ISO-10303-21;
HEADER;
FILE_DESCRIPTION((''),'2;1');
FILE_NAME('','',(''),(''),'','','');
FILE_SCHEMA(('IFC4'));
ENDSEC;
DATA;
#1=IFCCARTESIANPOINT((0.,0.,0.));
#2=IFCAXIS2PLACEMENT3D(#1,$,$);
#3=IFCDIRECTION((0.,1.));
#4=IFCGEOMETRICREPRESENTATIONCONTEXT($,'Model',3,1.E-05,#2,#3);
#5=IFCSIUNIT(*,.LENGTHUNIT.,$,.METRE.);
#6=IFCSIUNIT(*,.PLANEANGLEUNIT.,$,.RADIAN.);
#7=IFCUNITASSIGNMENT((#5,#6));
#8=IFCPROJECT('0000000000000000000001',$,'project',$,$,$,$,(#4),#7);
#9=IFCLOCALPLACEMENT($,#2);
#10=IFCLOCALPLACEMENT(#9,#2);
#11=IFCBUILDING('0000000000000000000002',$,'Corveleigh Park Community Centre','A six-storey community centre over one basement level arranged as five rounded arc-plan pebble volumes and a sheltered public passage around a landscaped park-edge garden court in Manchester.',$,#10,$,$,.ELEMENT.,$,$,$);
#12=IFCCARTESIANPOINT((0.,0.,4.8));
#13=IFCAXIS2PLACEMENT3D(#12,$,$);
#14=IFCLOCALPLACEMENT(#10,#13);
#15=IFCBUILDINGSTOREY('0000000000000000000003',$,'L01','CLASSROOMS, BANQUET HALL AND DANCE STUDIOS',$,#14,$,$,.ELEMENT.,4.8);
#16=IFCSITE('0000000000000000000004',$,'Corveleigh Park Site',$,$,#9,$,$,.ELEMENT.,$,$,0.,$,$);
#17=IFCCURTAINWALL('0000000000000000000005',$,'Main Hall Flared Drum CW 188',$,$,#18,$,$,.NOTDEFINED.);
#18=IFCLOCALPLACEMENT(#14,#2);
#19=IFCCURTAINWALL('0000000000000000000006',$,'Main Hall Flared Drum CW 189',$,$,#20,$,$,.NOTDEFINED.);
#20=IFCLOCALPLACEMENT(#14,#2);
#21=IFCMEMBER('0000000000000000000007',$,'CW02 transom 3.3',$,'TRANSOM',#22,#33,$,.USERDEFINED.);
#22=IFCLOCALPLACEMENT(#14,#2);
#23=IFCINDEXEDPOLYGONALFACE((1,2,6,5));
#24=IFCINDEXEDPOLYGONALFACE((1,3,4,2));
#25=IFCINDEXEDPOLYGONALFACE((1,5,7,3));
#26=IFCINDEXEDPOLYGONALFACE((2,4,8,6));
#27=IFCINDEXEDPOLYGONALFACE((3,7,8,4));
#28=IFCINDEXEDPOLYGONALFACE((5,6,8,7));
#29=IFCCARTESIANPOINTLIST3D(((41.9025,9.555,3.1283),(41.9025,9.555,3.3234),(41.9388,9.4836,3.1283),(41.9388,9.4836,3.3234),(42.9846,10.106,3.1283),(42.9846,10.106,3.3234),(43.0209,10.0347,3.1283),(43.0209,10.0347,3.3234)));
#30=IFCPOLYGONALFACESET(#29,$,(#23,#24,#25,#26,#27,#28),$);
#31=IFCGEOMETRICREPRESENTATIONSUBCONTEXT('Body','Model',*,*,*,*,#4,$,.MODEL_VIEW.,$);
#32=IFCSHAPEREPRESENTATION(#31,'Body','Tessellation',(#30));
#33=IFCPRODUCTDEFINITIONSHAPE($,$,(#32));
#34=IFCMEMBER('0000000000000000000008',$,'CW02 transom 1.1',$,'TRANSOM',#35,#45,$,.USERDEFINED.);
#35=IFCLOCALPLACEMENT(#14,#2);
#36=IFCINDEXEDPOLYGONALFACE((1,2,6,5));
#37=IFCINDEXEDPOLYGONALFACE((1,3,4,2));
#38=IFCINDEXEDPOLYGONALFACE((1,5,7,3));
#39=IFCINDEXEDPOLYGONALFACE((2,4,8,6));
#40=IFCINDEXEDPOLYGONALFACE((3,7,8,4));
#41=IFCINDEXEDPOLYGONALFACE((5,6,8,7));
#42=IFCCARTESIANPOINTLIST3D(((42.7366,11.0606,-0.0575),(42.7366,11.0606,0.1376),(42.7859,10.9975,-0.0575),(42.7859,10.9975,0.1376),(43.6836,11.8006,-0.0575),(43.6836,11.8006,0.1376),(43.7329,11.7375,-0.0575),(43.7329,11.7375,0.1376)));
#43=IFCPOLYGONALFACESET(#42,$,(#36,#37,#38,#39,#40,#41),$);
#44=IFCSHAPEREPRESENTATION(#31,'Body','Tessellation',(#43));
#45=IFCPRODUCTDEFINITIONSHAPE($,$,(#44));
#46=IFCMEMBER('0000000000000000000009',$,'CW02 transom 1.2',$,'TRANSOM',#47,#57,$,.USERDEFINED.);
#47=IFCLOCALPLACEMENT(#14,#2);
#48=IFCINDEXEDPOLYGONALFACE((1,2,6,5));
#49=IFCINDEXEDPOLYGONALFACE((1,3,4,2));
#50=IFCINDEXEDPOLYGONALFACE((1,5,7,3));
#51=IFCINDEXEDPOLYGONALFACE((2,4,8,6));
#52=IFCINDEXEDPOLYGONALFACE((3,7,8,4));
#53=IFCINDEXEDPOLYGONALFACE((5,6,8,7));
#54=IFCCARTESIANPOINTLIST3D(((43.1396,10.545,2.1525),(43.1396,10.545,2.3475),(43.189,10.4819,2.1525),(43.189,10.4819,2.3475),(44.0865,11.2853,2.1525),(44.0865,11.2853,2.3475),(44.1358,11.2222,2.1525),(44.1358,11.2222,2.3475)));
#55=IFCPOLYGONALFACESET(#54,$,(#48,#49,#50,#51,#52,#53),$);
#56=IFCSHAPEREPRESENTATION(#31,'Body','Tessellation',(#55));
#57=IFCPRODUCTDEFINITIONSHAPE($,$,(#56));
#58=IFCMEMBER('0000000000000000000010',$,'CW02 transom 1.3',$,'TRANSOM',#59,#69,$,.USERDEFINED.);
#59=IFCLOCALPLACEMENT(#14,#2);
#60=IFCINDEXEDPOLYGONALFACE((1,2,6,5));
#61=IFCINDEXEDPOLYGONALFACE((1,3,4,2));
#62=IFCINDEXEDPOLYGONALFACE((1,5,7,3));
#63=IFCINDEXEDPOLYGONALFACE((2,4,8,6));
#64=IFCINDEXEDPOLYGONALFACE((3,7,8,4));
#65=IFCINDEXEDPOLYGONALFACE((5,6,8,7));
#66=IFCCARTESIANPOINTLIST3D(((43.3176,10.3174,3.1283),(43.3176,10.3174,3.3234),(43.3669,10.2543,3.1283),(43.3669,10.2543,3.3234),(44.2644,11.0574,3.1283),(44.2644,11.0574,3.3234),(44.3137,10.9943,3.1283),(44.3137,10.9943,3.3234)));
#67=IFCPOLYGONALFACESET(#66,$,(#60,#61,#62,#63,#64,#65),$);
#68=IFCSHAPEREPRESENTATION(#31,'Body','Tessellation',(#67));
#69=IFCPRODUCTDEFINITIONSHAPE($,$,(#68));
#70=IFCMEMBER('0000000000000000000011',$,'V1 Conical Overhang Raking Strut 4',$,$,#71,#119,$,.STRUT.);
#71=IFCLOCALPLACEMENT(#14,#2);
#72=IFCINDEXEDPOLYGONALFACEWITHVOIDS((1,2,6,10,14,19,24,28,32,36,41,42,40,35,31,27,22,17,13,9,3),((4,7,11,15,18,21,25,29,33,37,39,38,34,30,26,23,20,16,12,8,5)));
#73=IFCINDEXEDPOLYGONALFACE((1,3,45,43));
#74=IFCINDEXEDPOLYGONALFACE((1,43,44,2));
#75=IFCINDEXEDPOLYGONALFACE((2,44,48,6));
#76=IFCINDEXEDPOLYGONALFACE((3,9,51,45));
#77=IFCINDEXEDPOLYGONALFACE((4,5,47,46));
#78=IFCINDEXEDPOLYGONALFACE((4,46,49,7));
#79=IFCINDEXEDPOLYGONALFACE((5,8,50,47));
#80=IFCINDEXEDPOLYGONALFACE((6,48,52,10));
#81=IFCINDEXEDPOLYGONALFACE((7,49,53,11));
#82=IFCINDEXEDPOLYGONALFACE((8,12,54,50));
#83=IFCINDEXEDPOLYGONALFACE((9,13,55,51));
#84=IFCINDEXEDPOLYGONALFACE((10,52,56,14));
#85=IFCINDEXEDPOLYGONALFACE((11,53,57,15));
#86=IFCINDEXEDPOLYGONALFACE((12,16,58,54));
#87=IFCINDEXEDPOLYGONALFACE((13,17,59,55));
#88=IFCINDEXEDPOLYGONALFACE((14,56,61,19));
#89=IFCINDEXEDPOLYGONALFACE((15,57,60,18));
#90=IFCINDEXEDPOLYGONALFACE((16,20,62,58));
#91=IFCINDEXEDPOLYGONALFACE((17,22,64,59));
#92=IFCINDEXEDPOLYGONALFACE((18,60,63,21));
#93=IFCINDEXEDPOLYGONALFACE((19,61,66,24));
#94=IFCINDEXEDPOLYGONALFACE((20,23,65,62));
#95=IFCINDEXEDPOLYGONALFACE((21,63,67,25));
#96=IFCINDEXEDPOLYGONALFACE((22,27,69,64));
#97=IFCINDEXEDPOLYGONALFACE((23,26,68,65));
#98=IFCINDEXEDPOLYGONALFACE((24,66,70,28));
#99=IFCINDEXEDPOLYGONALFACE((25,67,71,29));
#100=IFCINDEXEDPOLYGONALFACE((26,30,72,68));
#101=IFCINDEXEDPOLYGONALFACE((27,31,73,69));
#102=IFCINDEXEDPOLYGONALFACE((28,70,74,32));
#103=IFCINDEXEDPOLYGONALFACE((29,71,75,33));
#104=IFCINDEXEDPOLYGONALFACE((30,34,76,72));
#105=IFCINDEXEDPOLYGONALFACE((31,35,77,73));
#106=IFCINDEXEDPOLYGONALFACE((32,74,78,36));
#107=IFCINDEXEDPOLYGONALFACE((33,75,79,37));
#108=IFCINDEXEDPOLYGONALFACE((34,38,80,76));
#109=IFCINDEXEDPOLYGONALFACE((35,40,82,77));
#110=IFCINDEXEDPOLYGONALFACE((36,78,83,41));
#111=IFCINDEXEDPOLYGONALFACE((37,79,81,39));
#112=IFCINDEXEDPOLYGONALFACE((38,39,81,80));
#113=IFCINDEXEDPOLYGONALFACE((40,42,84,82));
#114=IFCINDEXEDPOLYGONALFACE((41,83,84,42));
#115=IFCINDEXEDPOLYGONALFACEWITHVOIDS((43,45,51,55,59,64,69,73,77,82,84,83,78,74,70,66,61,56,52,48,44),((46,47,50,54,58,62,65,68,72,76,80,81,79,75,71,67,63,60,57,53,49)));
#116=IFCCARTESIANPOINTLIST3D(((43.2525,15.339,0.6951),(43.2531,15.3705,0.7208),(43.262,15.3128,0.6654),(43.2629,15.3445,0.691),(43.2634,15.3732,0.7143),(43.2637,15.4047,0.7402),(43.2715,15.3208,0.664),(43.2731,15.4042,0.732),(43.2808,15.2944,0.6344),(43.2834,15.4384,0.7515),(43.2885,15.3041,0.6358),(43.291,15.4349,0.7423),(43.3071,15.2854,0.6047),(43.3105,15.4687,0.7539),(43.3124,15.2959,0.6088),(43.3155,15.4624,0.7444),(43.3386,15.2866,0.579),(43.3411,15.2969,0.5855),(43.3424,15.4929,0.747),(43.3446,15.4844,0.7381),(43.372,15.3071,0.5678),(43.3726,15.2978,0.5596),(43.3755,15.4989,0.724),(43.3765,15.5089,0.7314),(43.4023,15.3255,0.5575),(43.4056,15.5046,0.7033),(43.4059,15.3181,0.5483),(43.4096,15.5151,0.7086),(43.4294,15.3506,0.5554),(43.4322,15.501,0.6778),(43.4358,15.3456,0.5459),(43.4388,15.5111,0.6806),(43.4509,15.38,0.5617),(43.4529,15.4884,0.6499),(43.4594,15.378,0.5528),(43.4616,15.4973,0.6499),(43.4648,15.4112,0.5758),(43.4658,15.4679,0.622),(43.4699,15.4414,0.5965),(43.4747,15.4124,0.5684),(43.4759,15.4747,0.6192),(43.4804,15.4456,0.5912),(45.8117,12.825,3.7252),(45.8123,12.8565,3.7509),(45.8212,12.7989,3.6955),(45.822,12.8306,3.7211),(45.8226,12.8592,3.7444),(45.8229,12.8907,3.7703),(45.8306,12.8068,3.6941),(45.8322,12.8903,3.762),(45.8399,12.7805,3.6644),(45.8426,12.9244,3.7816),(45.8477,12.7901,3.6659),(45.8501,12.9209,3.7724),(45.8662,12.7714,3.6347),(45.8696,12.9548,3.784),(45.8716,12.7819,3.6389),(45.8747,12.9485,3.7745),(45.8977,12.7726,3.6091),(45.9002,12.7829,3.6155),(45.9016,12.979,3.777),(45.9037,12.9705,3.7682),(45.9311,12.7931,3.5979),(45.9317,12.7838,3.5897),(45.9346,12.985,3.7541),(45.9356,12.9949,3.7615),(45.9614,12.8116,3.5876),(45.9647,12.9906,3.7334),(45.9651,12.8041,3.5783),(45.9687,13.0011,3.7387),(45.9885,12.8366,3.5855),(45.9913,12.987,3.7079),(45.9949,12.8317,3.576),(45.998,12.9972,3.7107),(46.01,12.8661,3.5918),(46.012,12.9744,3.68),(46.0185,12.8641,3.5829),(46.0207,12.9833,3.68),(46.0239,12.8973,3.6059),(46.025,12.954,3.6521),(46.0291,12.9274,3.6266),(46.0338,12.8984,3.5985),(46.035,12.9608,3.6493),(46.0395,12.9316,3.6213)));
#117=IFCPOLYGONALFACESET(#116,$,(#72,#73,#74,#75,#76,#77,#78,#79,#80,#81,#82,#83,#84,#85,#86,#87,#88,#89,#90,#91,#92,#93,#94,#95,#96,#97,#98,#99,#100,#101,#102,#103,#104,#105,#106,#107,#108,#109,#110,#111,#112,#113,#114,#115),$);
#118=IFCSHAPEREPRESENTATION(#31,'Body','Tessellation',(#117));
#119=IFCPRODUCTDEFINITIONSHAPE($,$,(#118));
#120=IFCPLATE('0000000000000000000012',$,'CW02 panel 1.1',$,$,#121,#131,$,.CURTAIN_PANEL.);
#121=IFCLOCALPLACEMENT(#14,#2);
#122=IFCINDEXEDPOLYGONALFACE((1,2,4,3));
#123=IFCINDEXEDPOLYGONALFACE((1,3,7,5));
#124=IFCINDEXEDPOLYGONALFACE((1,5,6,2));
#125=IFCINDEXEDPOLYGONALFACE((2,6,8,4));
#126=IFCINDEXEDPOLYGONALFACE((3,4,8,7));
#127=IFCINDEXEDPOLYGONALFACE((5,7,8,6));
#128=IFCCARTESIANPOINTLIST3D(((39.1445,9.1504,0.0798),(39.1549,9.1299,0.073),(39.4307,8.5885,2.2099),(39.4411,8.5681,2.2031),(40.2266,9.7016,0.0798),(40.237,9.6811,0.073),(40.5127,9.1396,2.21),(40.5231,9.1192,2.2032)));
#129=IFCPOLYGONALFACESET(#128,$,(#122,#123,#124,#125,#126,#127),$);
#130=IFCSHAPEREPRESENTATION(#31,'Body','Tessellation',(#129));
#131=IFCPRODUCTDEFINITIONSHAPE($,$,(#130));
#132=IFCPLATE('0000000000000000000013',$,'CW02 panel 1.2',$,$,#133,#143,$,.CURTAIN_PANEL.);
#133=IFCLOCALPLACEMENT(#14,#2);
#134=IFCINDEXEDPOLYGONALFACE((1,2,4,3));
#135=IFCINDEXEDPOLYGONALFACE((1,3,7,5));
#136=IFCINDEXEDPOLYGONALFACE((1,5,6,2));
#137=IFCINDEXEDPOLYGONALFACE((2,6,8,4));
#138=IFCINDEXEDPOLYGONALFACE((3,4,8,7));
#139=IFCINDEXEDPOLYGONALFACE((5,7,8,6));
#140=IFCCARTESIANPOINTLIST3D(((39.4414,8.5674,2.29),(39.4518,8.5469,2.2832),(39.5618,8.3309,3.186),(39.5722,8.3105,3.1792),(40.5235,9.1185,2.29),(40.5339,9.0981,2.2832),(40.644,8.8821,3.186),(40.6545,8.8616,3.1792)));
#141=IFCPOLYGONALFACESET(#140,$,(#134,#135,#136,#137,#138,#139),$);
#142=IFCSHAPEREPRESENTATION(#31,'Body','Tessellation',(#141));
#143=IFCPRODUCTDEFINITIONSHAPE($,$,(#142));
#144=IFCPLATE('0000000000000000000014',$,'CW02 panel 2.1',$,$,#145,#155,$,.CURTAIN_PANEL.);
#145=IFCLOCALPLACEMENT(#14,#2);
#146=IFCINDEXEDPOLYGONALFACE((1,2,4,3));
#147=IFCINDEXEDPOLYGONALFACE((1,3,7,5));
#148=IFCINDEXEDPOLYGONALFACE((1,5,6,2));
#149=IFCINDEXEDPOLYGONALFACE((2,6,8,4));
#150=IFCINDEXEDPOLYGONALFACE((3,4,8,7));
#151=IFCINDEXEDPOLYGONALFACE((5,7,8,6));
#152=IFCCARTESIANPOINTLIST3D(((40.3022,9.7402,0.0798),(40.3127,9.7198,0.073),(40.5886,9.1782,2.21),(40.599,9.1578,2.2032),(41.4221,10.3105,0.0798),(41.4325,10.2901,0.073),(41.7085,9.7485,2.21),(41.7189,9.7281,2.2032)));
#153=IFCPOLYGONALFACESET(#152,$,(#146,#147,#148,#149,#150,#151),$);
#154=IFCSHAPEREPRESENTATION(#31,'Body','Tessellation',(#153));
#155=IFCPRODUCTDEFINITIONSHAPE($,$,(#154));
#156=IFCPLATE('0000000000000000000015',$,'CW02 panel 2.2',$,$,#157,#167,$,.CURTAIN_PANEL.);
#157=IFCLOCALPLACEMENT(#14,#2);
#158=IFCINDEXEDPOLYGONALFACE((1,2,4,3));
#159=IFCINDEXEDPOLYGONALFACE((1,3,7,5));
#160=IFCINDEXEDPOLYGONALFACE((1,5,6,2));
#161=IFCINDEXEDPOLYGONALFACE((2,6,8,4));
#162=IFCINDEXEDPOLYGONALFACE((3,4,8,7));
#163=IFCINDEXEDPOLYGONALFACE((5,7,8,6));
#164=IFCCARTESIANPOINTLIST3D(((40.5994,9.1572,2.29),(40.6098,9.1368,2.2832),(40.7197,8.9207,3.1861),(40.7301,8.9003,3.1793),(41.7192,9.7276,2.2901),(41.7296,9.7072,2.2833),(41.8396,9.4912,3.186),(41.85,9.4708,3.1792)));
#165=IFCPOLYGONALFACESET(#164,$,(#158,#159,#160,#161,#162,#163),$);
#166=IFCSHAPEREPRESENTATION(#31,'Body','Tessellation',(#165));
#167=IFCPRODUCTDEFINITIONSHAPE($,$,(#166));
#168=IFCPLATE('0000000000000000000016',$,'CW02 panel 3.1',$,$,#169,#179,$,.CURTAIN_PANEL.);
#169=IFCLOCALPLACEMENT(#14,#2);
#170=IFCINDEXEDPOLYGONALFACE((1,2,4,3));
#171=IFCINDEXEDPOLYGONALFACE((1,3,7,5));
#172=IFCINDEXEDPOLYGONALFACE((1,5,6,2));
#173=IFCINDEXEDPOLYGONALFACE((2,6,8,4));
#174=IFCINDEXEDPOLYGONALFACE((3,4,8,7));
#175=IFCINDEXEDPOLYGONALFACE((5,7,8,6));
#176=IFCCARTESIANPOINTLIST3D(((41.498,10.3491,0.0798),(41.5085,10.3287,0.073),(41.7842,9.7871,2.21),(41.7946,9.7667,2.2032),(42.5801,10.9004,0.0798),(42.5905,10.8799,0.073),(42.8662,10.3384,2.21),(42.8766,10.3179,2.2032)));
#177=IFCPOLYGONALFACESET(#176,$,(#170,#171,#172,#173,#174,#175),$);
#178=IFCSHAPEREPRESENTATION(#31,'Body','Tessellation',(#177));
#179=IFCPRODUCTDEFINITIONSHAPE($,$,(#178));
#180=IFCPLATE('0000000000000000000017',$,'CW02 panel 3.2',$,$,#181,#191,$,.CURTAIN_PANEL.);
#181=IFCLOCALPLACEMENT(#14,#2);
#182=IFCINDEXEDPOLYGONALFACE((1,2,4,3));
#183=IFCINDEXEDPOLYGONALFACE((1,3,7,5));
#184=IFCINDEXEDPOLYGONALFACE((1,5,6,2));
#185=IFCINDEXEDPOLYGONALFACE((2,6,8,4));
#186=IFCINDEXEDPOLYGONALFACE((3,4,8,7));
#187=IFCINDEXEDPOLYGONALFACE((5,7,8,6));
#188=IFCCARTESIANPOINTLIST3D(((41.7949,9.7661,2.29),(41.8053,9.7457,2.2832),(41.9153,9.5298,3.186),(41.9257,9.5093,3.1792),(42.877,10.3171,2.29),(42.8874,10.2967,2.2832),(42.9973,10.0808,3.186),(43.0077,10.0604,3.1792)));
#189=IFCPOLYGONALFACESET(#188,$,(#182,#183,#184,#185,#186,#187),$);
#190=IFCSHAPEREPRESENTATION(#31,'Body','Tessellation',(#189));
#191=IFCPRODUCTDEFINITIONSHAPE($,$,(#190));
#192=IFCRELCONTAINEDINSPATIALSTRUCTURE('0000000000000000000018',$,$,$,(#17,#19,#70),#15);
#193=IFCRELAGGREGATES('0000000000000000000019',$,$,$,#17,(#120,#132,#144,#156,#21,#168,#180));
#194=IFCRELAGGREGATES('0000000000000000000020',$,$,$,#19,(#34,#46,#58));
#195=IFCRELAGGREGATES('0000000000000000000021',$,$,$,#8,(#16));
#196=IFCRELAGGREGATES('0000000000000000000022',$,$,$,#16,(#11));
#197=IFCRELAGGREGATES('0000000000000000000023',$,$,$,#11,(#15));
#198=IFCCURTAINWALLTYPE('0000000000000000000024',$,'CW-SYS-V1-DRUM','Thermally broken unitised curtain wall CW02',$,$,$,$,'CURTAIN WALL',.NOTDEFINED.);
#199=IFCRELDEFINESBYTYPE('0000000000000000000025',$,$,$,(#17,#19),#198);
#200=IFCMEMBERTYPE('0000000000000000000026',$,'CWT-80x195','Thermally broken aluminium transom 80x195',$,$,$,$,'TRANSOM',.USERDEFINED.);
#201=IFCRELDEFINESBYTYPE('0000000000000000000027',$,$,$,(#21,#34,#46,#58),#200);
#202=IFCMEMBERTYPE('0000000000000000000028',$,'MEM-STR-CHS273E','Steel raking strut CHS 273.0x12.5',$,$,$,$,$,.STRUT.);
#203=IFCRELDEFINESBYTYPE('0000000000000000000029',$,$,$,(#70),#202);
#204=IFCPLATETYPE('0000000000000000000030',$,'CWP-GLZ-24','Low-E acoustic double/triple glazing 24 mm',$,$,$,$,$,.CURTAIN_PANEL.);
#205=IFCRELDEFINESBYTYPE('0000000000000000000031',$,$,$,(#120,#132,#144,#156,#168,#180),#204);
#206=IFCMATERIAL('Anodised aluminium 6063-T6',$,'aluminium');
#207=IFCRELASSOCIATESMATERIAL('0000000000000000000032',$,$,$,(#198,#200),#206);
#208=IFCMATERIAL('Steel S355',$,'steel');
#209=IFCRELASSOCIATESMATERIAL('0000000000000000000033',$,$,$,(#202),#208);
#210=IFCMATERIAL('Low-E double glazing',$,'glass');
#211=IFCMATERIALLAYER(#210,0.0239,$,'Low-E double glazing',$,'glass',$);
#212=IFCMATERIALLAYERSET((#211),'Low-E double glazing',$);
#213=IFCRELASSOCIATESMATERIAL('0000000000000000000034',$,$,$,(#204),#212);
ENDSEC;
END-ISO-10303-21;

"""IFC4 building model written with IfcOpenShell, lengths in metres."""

from ifc_helpers import new_model, si_unit, direction, frame, origin, origin_2d, place, context, subcontext, project, spatial, polyline, rectangle, hollow_circle, outline, extrude, material, layer, layer_set, material_profile, profile_set, type_object, element, aggregate, save


model = new_model("IFC4")

# Units and contexts
model_context = context("Model", 3, precision=1e-05, world=origin(), true_north=direction((0.0, 1.0)))
body_context = subcontext(model_context, "Body", "Model", "MODEL_VIEW")
ifc_project = project(units=[si_unit("LENGTHUNIT", "METRE"), si_unit("PLANEANGLEUNIT", "RADIAN")], contexts=[model_context])

# Site, building, storey
site_placement = place(None, origin())
site = spatial("IfcSite", under=ifc_project, at=site_placement, Name="Corveleigh Park Site", CompositionType="ELEMENT", RefElevation=0.0)
building_placement = place(site_placement, origin())
building = spatial("IfcBuilding", under=site, at=building_placement, Name="Corveleigh Park Community Centre", Description="A six-storey community centre over one basement level arranged as five rounded arc-plan pebble volumes and a sheltered public passage around a landscaped park-edge garden court in Manchester.", CompositionType="ELEMENT")
storey_placement = place(building_placement, frame((0.0, 0.0, 4.8)))
storey = spatial("IfcBuildingStorey", under=building, at=storey_placement, Name="L01", Description="CLASSROOMS, BANQUET HALL AND DANCE STUDIOS", CompositionType="ELEMENT", Elevation=4.8)

# Curtain wall
ifc_material_1 = material(Name="Anodised aluminium 6063-T6", Category="aluminium")
curtain_wall_type = type_object("IfcCurtainWallType", Name="CW-SYS-V1-DRUM", Description="Thermally broken unitised curtain wall CW02", ElementType="CURTAIN WALL", PredefinedType="NOTDEFINED", material=ifc_material_1)
curtain_wall_1_placement = place(storey_placement, origin())
curtain_wall_1 = element("IfcCurtainWall", 1, at=curtain_wall_1_placement, inside=storey, type_object=curtain_wall_type, Name="Main Hall Flared Drum CW 188", PredefinedType="NOTDEFINED")

# Curtain wall
curtain_wall_2_placement = place(storey_placement, origin())
curtain_wall_2 = element("IfcCurtainWall", 2, at=curtain_wall_2_placement, inside=storey, type_object=curtain_wall_type, Name="Main Hall Flared Drum CW 189", PredefinedType="NOTDEFINED")

# Members
ifc_material_profile_1 = material_profile(ifc_material_1, rectangle(XDim=0.0801, YDim=0.1951, at=origin_2d()), Name="ALU-T80x195", Category="aluminium")
ifc_profile_set_1 = profile_set([ifc_material_profile_1], Name="Anodised aluminium 6063-T6")
member_type_1 = type_object("IfcMemberType", Name="CWT-80x195", Description="Thermally broken aluminium transom 80x195", ElementType="TRANSOM", PredefinedType="USERDEFINED", material=ifc_profile_set_1)
member_1_placement = place(storey_placement, frame((41.9207, 9.5193, 3.2258), z_axis=(0.891105, 0.453796, 0.0), x_axis=(-0.453796, 0.891105, 0.0)))
member_1 = element("IfcMember", 3, at=member_1_placement, type_object=member_type_1, Name="CW02 transom 3.3", ObjectType="TRANSOM", PredefinedType="USERDEFINED", context=body_context, shape_type="SweptSolid", body=[
    extrude(rectangle(XDim=0.0801, YDim=0.1951, at=origin_2d()), origin(), (0.0, 0.0, 1.0), 1.2144),
])
member_2_placement = place(storey_placement, frame((42.7612, 11.0291, 0.04), z_axis=(0.787972, 0.615711, 0.0), x_axis=(-0.615711, 0.787972, 0.0)))
member_2 = element("IfcMember", 4, at=member_2_placement, type_object=member_type_1, Name="CW02 transom 1.1", ObjectType="TRANSOM", PredefinedType="USERDEFINED", context=body_context, shape_type="SweptSolid", body=[
    extrude(rectangle(XDim=0.0801, YDim=0.1951, at=origin_2d()), origin(), (0.0, 0.0, 1.0), 1.2019),
])
member_3_placement = place(storey_placement, frame((43.1643, 10.5134, 2.25), z_axis=(0.787796, 0.615936, 0.0), x_axis=(-0.615936, 0.787796, 0.0)))
member_3 = element("IfcMember", 5, at=member_3_placement, type_object=member_type_1, Name="CW02 transom 1.2", ObjectType="TRANSOM", PredefinedType="USERDEFINED", context=body_context, shape_type="SweptSolid", body=[
    extrude(rectangle(XDim=0.0801, YDim=0.1951, at=origin_2d()), origin(), (0.0, 0.0, 1.0), 1.2019),
])
member_4_placement = place(storey_placement, frame((43.3423, 10.2859, 3.2258), z_axis=(0.787895, 0.61581, 0.0), x_axis=(-0.61581, 0.787895, 0.0)))
member_4 = element("IfcMember", 6, at=member_4_placement, type_object=member_type_1, Name="CW02 transom 1.3", ObjectType="TRANSOM", PredefinedType="USERDEFINED", context=body_context, shape_type="SweptSolid", body=[
    extrude(rectangle(XDim=0.0801, YDim=0.1951, at=origin_2d()), origin(), (0.0, 0.0, 1.0), 1.2017),
])
ifc_material_2 = material(Name="Steel S355", Category="steel")
ifc_material_profile_2 = material_profile(ifc_material_2, hollow_circle(Radius=0.1365, WallThickness=0.0125, at=origin_2d()), Name="CHS 273.0x12.5", Category="steel")
ifc_profile_set_2 = profile_set([ifc_material_profile_2], Name="Steel S355")
member_type_2 = type_object("IfcMemberType", Name="MEM-STR-CHS273E", Description="Steel raking strut CHS 273.0x12.5", PredefinedType="STRUT", material=ifc_profile_set_2)
member_5_placement = place(storey_placement, frame((43.366, 15.3999, 0.6499), z_axis=(0.544982, -0.535364, 0.645275), x_axis=(0.700783, 0.713374, 0.0)))
element("IfcMember", 7, at=member_5_placement, inside=storey, type_object=member_type_2, Name="V1 Conical Overhang Raking Strut 4", PredefinedType="STRUT", context=body_context, shape_type="SweptSolid", body=[
    extrude(hollow_circle(Radius=0.1365, WallThickness=0.0125, at=origin_2d()), origin(), (0.0, 0.0, 1.0), 4.6958),
])

# Plates
ifc_material_3 = material(Name="Low-E double glazing", Category="glass")
ifc_layer_1 = layer(ifc_material_3, 0.0239, Name="Low-E double glazing", Category="glass")
ifc_layer_set_1 = layer_set([ifc_layer_1], Name="Low-E double glazing")
plate_type_1 = type_object("IfcPlateType", Name="CWP-GLZ-24", Description="Low-E acoustic double/triple glazing 24 mm", PredefinedType="CURTAIN_PANEL", material=ifc_layer_set_1)
plate_1_placement = place(storey_placement, frame((39.1445, 9.1504, 0.0798), z_axis=(-0.435209, 0.854417, 0.28384), x_axis=(0.891062, 0.453883, -0.000024)))
plate_1 = element("IfcPlate", 8, at=plate_1_placement, type_object=plate_type_1, Name="CW02 panel 1.1", PredefinedType="CURTAIN_PANEL", context=body_context, shape_type="SweptSolid", body=[
    extrude(outline(polyline([(0.0, 0.0), (1.2144, 0.0), (1.2142, -2.2215), (-0.0001, -2.2215), (0.0, 0.0)])), origin(), (0.0, 0.0, -1.0), 0.0239),
])
plate_2_placement = place(storey_placement, frame((39.4414, 8.5674, 2.29), z_axis=(-0.43515, 0.854398, 0.283987), x_axis=(0.891081, 0.453845, -0.000037)))
plate_2 = element("IfcPlate", 9, at=plate_2_placement, type_object=plate_type_1, Name="CW02 panel 1.2", PredefinedType="CURTAIN_PANEL", context=body_context, shape_type="SweptSolid", body=[
    extrude(outline(polyline([(0.0, 0.0), (1.2144, 0.0), (1.2144, -0.9345), (0.0, -0.9344), (0.0, 0.0)])), origin(), (0.0, 0.0, -1.0), 0.0239),
])
plate_3_placement = place(storey_placement, frame((40.3022, 9.7402, 0.0798), z_axis=(-0.43513, 0.854427, 0.283931), x_axis=(0.8911, 0.453806, 0.0)))
plate_3 = element("IfcPlate", 10, at=plate_3_placement, type_object=plate_type_1, Name="CW02 panel 2.1", PredefinedType="CURTAIN_PANEL", context=body_context, shape_type="SweptSolid", body=[
    extrude(outline(polyline([(0.0, 0.0), (1.2567, 0.0), (1.2569, -2.2216), (0.0001, -2.2216), (0.0, 0.0)])), origin(), (0.0, 0.0, -1.0), 0.0239),
])
plate_4_placement = place(storey_placement, frame((40.5994, 9.1572, 2.29), z_axis=(-0.435204, 0.854389, 0.283932), x_axis=(0.891064, 0.453877, 0.000024)))
plate_4 = element("IfcPlate", 11, at=plate_4_placement, type_object=plate_type_1, Name="CW02 panel 2.2", PredefinedType="CURTAIN_PANEL", context=body_context, shape_type="SweptSolid", body=[
    extrude(outline(polyline([(0.0, 0.0), (1.2567, 0.0), (1.2567, -0.9344), (-0.0001, -0.9345), (0.0, 0.0)])), origin(), (0.0, 0.0, -1.0), 0.0239),
])
plate_5_placement = place(storey_placement, frame((41.498, 10.3491, 0.0798), z_axis=(-0.435279, 0.854366, 0.283885), x_axis=(0.891024, 0.453956, 0.0)))
plate_5 = element("IfcPlate", 12, at=plate_5_placement, type_object=plate_type_1, Name="CW02 panel 3.1", PredefinedType="CURTAIN_PANEL", context=body_context, shape_type="SweptSolid", body=[
    extrude(outline(polyline([(0.0, 0.0), (1.2144, 0.0), (1.2142, -2.2215), (-0.0002, -2.2215), (0.0, 0.0)])), origin(), (0.0, 0.0, -1.0), 0.0239),
])
plate_6_placement = place(storey_placement, frame((41.7949, 9.7661, 2.29), z_axis=(-0.435134, 0.85446, 0.283825), x_axis=(0.891105, 0.453796, 0.0)))
plate_6 = element("IfcPlate", 13, at=plate_6_placement, type_object=plate_type_1, Name="CW02 panel 3.2", PredefinedType="CURTAIN_PANEL", context=body_context, shape_type="SweptSolid", body=[
    extrude(outline(polyline([(0.0, 0.0), (1.2143, 0.0), (1.2143, -0.9344), (0.0, -0.9344), (0.0, 0.0)])), origin(), (0.0, 0.0, -1.0), 0.0239),
])
aggregate(curtain_wall_1, [plate_1, plate_2, plate_3, plate_4, member_1, plate_5, plate_6])
aggregate(curtain_wall_2, [member_2, member_3, member_4])

save(model, "model.ifc")
